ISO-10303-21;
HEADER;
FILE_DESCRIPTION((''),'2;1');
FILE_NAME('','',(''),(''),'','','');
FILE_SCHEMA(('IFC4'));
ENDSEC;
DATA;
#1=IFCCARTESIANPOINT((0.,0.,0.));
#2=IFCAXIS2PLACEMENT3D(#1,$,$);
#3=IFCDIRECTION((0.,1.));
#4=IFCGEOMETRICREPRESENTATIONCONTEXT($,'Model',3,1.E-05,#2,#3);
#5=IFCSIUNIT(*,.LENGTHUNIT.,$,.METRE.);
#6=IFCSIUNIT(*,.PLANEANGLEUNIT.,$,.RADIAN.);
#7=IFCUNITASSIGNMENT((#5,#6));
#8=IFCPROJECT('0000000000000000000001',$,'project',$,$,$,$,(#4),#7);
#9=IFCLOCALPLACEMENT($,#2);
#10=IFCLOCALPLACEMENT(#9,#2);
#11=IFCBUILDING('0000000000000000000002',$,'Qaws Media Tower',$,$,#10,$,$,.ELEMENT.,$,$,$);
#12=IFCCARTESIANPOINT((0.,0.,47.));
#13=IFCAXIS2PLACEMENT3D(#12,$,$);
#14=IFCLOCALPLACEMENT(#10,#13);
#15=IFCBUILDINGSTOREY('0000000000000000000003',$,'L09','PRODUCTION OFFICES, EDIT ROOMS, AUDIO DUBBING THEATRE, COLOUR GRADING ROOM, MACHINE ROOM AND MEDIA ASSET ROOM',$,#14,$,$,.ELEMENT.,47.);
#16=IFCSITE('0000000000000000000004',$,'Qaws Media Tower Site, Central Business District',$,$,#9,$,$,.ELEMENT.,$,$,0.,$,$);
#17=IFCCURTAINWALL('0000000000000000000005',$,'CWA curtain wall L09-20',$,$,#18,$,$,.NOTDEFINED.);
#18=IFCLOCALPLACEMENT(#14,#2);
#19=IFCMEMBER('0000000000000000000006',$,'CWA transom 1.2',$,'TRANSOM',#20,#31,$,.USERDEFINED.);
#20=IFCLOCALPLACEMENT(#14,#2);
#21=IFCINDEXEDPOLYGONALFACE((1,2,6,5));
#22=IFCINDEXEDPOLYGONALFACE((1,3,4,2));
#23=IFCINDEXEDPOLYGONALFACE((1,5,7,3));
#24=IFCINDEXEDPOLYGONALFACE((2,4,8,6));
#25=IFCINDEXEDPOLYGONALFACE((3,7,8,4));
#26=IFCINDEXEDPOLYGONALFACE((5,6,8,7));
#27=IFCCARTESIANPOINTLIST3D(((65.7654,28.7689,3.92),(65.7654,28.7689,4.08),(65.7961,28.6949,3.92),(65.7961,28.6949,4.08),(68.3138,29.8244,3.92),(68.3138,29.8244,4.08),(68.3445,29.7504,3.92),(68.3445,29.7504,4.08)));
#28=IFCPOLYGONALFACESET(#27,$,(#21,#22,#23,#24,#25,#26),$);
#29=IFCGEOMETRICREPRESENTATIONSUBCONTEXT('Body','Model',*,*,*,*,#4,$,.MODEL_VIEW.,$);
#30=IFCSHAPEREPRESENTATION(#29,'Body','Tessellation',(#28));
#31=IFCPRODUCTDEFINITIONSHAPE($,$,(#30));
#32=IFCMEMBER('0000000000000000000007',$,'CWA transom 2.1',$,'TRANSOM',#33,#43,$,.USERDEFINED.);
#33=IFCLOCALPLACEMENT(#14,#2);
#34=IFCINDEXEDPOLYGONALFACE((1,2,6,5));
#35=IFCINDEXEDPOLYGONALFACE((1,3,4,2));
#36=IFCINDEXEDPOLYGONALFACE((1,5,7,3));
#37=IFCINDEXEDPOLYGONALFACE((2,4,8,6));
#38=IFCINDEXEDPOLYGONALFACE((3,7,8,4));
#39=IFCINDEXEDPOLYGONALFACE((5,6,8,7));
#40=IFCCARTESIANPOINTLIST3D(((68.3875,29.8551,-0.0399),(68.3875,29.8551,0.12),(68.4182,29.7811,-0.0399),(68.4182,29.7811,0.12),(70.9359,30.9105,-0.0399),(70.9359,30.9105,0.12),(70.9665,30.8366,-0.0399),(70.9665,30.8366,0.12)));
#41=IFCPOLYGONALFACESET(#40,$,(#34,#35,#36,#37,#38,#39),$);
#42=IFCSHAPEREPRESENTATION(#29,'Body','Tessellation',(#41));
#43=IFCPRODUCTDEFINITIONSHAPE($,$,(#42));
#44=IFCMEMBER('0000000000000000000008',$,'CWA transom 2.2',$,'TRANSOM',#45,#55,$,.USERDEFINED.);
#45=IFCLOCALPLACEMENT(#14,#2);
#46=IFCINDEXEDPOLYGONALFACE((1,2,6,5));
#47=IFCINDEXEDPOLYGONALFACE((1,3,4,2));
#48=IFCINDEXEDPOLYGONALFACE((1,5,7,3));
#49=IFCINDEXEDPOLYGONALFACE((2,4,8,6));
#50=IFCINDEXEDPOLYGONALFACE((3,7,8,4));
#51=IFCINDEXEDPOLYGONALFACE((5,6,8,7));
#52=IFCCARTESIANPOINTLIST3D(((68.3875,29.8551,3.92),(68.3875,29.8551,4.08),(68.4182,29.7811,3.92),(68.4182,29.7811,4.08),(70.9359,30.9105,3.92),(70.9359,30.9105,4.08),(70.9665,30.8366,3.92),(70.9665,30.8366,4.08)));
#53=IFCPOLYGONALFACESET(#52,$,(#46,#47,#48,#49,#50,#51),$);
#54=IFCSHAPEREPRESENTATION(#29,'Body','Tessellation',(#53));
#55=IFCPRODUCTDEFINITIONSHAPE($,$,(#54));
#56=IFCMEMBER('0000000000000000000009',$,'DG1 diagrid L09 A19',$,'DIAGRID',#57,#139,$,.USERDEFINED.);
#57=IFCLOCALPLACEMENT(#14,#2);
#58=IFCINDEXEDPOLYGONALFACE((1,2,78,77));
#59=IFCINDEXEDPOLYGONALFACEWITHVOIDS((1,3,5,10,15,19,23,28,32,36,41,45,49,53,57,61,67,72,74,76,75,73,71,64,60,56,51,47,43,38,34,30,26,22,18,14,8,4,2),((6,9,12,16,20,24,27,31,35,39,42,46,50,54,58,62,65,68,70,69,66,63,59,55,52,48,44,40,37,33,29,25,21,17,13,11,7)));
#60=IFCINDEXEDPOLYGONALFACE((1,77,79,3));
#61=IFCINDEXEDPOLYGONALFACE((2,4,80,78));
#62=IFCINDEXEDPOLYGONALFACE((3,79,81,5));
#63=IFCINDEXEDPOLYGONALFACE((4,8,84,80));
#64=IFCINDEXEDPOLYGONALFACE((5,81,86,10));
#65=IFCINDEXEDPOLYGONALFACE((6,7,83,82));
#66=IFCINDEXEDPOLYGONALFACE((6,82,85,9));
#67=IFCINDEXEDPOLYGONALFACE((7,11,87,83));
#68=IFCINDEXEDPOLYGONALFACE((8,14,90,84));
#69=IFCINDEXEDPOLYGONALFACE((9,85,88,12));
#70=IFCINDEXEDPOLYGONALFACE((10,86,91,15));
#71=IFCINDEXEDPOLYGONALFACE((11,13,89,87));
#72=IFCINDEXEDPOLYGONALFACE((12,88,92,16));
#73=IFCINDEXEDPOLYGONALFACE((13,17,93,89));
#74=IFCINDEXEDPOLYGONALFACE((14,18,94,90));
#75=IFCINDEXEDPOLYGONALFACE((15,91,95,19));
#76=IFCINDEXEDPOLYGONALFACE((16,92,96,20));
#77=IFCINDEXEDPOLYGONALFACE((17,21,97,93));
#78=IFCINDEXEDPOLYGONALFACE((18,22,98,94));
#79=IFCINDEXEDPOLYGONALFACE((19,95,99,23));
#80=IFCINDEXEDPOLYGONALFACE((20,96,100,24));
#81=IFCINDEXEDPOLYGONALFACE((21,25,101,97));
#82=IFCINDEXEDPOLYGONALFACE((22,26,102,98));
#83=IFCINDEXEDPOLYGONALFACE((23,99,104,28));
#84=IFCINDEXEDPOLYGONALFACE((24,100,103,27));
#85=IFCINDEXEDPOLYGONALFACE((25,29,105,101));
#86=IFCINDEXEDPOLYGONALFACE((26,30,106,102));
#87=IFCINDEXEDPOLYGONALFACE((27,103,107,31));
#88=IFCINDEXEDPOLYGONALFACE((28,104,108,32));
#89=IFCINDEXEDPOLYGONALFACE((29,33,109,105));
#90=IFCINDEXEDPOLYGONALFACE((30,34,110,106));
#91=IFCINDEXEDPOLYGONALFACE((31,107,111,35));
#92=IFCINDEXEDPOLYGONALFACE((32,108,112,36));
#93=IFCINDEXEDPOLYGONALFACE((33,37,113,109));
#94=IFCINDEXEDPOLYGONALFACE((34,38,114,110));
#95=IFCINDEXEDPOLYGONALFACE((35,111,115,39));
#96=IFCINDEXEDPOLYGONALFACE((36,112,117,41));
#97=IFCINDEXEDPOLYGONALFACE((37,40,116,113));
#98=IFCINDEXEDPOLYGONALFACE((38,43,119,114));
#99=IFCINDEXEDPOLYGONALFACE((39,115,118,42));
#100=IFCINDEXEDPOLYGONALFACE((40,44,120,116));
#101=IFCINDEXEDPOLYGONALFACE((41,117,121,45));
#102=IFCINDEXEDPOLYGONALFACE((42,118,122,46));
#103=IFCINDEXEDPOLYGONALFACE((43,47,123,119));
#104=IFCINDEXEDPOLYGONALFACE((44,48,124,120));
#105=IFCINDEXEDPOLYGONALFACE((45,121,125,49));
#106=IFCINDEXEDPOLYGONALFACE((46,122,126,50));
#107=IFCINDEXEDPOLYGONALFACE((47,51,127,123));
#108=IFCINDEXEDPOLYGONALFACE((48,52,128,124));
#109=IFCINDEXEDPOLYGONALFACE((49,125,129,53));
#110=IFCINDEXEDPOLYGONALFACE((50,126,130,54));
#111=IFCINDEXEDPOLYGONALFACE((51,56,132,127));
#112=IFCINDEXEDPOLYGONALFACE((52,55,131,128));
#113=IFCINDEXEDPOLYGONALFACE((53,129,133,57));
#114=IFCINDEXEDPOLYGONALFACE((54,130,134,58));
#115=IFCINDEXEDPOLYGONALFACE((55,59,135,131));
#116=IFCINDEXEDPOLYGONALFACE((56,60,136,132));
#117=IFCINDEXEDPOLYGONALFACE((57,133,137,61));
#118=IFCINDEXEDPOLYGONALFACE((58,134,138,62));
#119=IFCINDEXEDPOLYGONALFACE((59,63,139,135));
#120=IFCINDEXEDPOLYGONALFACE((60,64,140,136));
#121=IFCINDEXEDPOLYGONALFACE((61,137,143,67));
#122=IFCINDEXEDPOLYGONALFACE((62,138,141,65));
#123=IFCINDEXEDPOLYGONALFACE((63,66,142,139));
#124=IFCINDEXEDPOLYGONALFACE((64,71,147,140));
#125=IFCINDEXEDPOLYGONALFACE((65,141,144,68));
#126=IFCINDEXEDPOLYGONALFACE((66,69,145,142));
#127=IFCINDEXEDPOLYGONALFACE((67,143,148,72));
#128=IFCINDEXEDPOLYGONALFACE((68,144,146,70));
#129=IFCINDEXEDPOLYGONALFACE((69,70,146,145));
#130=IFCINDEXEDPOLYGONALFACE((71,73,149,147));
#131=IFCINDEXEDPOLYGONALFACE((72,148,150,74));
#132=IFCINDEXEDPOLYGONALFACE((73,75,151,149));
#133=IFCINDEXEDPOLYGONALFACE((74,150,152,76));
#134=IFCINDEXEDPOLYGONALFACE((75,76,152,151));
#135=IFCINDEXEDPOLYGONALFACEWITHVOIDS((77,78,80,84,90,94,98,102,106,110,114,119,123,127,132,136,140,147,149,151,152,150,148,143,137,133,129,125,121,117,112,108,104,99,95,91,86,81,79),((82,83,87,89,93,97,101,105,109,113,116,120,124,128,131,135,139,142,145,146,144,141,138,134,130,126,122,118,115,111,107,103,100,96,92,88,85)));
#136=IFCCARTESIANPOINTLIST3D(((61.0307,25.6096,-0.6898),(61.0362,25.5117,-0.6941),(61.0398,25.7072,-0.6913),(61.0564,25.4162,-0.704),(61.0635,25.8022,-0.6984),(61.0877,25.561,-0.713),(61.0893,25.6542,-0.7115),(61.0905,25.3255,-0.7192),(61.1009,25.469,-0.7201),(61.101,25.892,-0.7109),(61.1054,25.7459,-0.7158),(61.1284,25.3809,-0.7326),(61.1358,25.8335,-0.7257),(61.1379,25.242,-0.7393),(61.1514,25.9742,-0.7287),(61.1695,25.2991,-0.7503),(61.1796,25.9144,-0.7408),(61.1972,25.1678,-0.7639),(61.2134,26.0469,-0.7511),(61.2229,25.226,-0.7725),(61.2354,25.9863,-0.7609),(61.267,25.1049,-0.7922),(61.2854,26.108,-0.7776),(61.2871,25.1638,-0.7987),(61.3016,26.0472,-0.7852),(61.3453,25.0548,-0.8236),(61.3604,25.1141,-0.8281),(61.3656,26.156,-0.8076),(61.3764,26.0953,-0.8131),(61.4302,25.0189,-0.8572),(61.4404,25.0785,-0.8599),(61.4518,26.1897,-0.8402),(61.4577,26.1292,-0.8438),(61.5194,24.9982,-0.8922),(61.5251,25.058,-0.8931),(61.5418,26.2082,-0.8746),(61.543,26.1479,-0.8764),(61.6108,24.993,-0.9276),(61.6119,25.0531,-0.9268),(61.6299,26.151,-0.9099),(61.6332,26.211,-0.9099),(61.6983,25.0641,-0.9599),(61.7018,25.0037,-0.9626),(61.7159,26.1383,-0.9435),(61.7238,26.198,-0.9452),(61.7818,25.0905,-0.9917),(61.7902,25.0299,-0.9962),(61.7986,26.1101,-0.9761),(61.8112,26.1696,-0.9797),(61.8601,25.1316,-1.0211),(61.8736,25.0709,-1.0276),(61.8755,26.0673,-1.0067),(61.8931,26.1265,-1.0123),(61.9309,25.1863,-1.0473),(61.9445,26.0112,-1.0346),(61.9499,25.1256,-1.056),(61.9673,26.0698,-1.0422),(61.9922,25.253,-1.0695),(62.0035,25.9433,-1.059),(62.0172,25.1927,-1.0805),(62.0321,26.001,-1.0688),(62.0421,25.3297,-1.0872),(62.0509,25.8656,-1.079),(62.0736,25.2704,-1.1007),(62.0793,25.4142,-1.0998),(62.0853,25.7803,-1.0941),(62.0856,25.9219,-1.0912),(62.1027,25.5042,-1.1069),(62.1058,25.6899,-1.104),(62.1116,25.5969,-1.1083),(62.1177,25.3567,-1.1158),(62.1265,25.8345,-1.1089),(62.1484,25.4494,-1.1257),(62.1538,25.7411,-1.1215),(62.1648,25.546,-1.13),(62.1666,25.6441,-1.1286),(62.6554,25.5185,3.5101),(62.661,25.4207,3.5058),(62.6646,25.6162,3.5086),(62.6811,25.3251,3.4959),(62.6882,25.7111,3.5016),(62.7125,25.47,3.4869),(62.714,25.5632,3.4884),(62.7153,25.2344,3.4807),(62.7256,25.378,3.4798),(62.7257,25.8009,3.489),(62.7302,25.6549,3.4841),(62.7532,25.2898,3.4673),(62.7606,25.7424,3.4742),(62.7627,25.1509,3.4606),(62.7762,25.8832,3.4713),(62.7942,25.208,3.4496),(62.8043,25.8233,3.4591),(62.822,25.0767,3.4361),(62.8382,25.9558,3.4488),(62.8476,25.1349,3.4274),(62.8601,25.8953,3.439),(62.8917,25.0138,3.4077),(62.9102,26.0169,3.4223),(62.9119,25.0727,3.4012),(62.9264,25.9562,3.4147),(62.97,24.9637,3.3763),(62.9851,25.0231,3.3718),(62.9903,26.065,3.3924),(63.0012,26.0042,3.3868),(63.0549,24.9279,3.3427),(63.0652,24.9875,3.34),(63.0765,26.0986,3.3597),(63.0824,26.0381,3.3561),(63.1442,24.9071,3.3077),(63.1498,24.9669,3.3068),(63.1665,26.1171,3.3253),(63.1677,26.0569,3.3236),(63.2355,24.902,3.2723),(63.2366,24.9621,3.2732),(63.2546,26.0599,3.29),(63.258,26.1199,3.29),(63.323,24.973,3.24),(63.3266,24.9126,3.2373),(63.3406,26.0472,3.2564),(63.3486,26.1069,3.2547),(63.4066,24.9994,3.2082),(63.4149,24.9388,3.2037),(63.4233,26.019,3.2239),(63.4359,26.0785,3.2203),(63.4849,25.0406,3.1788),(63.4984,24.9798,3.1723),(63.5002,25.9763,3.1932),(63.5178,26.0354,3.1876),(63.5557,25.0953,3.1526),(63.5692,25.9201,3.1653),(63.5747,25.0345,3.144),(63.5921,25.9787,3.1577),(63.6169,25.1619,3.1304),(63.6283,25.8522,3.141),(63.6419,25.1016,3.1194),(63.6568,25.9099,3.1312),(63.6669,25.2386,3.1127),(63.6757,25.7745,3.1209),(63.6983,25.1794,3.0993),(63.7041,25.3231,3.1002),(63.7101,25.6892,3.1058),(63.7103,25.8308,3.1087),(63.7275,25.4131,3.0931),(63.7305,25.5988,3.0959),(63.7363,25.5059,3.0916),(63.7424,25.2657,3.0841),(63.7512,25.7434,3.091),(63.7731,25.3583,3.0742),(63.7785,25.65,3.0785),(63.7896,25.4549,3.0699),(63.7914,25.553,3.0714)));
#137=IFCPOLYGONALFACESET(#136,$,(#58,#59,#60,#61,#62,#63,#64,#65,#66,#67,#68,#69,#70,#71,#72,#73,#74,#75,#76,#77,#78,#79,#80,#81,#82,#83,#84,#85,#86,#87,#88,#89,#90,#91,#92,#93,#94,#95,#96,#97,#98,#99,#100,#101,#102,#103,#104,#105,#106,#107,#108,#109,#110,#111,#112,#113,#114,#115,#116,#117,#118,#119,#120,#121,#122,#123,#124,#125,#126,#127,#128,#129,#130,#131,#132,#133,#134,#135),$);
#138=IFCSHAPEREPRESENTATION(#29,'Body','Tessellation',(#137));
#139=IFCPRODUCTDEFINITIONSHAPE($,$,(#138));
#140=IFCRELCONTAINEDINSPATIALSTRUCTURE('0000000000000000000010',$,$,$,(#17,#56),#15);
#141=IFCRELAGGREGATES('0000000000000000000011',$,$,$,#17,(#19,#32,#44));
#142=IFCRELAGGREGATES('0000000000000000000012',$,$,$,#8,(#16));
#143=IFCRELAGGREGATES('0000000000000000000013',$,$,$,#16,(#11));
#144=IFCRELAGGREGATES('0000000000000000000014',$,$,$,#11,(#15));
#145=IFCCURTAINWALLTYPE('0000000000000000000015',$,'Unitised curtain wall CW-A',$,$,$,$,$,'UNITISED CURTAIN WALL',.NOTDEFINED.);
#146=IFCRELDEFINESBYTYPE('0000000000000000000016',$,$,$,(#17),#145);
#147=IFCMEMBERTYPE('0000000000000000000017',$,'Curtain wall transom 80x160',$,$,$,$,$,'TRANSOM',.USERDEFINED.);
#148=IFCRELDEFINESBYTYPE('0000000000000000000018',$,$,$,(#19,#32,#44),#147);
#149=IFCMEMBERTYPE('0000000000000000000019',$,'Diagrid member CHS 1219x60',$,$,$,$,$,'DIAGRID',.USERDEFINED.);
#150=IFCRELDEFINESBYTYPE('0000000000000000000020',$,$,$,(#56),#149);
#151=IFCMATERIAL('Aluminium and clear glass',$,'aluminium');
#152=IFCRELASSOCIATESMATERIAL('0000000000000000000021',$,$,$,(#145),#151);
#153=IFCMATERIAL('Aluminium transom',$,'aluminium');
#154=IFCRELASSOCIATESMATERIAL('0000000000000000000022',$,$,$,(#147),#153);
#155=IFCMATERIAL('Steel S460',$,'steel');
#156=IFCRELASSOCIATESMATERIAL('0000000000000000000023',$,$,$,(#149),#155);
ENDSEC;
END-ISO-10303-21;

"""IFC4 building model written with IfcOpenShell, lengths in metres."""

from ifc_helpers import new_model, si_unit, direction, frame, origin, origin_2d, place, context, subcontext, project, spatial, rectangle, hollow_circle, extrude, material, material_profile, profile_set, type_object, element, aggregate, save


model = new_model("IFC4")

# Units and contexts
model_context = context("Model", 3, precision=1e-05, world=origin(), true_north=direction((0.0, 1.0)))
body_context = subcontext(model_context, "Body", "Model", "MODEL_VIEW")
ifc_project = project(units=[si_unit("LENGTHUNIT", "METRE"), si_unit("PLANEANGLEUNIT", "RADIAN")], contexts=[model_context])

# Site, building, storey
site_placement = place(None, origin())
site = spatial("IfcSite", under=ifc_project, at=site_placement, Name="Qaws Media Tower Site, Central Business District", CompositionType="ELEMENT", RefElevation=0.0)
building_placement = place(site_placement, origin())
building = spatial("IfcBuilding", under=site, at=building_placement, Name="Qaws Media Tower", CompositionType="ELEMENT")
storey_placement = place(building_placement, frame((0.0, 0.0, 47.0)))
storey = spatial("IfcBuildingStorey", under=building, at=storey_placement, Name="L09", Description="PRODUCTION OFFICES, EDIT ROOMS, AUDIO DUBBING THEATRE, COLOUR GRADING ROOM, MACHINE ROOM AND MEDIA ASSET ROOM", CompositionType="ELEMENT", Elevation=47.0)

# Curtain wall
ifc_material_1 = material(Name="Aluminium and clear glass", Category="aluminium")
curtain_wall_type = type_object("IfcCurtainWallType", Name="Unitised curtain wall CW-A", ElementType="UNITISED CURTAIN WALL", PredefinedType="NOTDEFINED", material=ifc_material_1)
curtain_wall_1_placement = place(storey_placement, origin())
curtain_wall_1 = element("IfcCurtainWall", 1, at=curtain_wall_1_placement, inside=storey, type_object=curtain_wall_type, Name="CWA curtain wall L09-20", PredefinedType="NOTDEFINED")

# Members
ifc_material_2 = material(Name="Aluminium transom", Category="aluminium")
ifc_material_profile_1 = material_profile(ifc_material_2, rectangle(XDim=0.0801, YDim=0.1599, at=origin_2d()), Name="80x160")
ifc_profile_set_1 = profile_set([ifc_material_profile_1], Name="Aluminium transom")
member_type_1 = type_object("IfcMemberType", Name="Curtain wall transom 80x160", ElementType="TRANSOM", PredefinedType="USERDEFINED", material=ifc_profile_set_1)
member_1_placement = place(storey_placement, frame((65.7808, 28.7319, 4.0), z_axis=(0.923897, 0.382641, 0.0), x_axis=(-0.382641, 0.923897, 0.0)))
member_1 = element("IfcMember", 2, at=member_1_placement, type_object=member_type_1, Name="CWA transom 1.2", ObjectType="TRANSOM", PredefinedType="USERDEFINED", context=body_context, shape_type="SweptSolid", body=[
    extrude(rectangle(XDim=0.0801, YDim=0.1599, at=origin_2d()), origin(), (0.0, 0.0, 1.0), 2.7583),
])
member_2_placement = place(storey_placement, frame((68.4028, 29.8181, 0.04), z_axis=(0.923897, 0.382641, 0.0), x_axis=(-0.382641, 0.923897, 0.0)))
member_2 = element("IfcMember", 3, at=member_2_placement, type_object=member_type_1, Name="CWA transom 2.1", ObjectType="TRANSOM", PredefinedType="USERDEFINED", context=body_context, shape_type="SweptSolid", body=[
    extrude(rectangle(XDim=0.0801, YDim=0.1599, at=origin_2d()), origin(), (0.0, 0.0, 1.0), 2.7583),
])
member_3_placement = place(storey_placement, frame((68.4028, 29.8181, 4.0), z_axis=(0.923897, 0.382641, 0.0), x_axis=(-0.382641, 0.923897, 0.0)))
member_3 = element("IfcMember", 4, at=member_3_placement, type_object=member_type_1, Name="CWA transom 2.2", ObjectType="TRANSOM", PredefinedType="USERDEFINED", context=body_context, shape_type="SweptSolid", body=[
    extrude(rectangle(XDim=0.0801, YDim=0.1599, at=origin_2d()), origin(), (0.0, 0.0, 1.0), 2.7583),
])

# Member
ifc_material_3 = material(Name="Steel S460", Category="steel")
ifc_material_profile_2 = material_profile(ifc_material_3, hollow_circle(Radius=0.6096, WallThickness=0.0601, at=origin_2d()), Name="CHS 1219x60")
ifc_profile_set_2 = profile_set([ifc_material_profile_2], Name="Steel S460")
member_type_2 = type_object("IfcMemberType", Name="Diagrid member CHS 1219x60", ElementType="DIAGRID", PredefinedType="USERDEFINED", material=ifc_profile_set_2)
for number, where, z_axis, x_axis, name in (
    (5, (61.5991, 25.6023, -0.9099), (0.360721, -0.020218, 0.932455), (0.05596, 0.998433, 0.0), "DG1 diagrid L09 A19"),
):
    element("IfcMember", number, at=place(storey_placement, frame(where, z_axis=z_axis, x_axis=x_axis)), inside=storey, type_object=member_type_2, Name=name, ObjectType="DIAGRID", PredefinedType="USERDEFINED", context=body_context, shape_type="SweptSolid", body=[
        extrude(hollow_circle(Radius=0.6096, WallThickness=0.0601, at=origin_2d()), origin(), (0.0, 0.0, 1.0), 4.5042),
    ])

aggregate(curtain_wall_1, [member_1, member_2, member_3])

save(model, "model.ifc")
